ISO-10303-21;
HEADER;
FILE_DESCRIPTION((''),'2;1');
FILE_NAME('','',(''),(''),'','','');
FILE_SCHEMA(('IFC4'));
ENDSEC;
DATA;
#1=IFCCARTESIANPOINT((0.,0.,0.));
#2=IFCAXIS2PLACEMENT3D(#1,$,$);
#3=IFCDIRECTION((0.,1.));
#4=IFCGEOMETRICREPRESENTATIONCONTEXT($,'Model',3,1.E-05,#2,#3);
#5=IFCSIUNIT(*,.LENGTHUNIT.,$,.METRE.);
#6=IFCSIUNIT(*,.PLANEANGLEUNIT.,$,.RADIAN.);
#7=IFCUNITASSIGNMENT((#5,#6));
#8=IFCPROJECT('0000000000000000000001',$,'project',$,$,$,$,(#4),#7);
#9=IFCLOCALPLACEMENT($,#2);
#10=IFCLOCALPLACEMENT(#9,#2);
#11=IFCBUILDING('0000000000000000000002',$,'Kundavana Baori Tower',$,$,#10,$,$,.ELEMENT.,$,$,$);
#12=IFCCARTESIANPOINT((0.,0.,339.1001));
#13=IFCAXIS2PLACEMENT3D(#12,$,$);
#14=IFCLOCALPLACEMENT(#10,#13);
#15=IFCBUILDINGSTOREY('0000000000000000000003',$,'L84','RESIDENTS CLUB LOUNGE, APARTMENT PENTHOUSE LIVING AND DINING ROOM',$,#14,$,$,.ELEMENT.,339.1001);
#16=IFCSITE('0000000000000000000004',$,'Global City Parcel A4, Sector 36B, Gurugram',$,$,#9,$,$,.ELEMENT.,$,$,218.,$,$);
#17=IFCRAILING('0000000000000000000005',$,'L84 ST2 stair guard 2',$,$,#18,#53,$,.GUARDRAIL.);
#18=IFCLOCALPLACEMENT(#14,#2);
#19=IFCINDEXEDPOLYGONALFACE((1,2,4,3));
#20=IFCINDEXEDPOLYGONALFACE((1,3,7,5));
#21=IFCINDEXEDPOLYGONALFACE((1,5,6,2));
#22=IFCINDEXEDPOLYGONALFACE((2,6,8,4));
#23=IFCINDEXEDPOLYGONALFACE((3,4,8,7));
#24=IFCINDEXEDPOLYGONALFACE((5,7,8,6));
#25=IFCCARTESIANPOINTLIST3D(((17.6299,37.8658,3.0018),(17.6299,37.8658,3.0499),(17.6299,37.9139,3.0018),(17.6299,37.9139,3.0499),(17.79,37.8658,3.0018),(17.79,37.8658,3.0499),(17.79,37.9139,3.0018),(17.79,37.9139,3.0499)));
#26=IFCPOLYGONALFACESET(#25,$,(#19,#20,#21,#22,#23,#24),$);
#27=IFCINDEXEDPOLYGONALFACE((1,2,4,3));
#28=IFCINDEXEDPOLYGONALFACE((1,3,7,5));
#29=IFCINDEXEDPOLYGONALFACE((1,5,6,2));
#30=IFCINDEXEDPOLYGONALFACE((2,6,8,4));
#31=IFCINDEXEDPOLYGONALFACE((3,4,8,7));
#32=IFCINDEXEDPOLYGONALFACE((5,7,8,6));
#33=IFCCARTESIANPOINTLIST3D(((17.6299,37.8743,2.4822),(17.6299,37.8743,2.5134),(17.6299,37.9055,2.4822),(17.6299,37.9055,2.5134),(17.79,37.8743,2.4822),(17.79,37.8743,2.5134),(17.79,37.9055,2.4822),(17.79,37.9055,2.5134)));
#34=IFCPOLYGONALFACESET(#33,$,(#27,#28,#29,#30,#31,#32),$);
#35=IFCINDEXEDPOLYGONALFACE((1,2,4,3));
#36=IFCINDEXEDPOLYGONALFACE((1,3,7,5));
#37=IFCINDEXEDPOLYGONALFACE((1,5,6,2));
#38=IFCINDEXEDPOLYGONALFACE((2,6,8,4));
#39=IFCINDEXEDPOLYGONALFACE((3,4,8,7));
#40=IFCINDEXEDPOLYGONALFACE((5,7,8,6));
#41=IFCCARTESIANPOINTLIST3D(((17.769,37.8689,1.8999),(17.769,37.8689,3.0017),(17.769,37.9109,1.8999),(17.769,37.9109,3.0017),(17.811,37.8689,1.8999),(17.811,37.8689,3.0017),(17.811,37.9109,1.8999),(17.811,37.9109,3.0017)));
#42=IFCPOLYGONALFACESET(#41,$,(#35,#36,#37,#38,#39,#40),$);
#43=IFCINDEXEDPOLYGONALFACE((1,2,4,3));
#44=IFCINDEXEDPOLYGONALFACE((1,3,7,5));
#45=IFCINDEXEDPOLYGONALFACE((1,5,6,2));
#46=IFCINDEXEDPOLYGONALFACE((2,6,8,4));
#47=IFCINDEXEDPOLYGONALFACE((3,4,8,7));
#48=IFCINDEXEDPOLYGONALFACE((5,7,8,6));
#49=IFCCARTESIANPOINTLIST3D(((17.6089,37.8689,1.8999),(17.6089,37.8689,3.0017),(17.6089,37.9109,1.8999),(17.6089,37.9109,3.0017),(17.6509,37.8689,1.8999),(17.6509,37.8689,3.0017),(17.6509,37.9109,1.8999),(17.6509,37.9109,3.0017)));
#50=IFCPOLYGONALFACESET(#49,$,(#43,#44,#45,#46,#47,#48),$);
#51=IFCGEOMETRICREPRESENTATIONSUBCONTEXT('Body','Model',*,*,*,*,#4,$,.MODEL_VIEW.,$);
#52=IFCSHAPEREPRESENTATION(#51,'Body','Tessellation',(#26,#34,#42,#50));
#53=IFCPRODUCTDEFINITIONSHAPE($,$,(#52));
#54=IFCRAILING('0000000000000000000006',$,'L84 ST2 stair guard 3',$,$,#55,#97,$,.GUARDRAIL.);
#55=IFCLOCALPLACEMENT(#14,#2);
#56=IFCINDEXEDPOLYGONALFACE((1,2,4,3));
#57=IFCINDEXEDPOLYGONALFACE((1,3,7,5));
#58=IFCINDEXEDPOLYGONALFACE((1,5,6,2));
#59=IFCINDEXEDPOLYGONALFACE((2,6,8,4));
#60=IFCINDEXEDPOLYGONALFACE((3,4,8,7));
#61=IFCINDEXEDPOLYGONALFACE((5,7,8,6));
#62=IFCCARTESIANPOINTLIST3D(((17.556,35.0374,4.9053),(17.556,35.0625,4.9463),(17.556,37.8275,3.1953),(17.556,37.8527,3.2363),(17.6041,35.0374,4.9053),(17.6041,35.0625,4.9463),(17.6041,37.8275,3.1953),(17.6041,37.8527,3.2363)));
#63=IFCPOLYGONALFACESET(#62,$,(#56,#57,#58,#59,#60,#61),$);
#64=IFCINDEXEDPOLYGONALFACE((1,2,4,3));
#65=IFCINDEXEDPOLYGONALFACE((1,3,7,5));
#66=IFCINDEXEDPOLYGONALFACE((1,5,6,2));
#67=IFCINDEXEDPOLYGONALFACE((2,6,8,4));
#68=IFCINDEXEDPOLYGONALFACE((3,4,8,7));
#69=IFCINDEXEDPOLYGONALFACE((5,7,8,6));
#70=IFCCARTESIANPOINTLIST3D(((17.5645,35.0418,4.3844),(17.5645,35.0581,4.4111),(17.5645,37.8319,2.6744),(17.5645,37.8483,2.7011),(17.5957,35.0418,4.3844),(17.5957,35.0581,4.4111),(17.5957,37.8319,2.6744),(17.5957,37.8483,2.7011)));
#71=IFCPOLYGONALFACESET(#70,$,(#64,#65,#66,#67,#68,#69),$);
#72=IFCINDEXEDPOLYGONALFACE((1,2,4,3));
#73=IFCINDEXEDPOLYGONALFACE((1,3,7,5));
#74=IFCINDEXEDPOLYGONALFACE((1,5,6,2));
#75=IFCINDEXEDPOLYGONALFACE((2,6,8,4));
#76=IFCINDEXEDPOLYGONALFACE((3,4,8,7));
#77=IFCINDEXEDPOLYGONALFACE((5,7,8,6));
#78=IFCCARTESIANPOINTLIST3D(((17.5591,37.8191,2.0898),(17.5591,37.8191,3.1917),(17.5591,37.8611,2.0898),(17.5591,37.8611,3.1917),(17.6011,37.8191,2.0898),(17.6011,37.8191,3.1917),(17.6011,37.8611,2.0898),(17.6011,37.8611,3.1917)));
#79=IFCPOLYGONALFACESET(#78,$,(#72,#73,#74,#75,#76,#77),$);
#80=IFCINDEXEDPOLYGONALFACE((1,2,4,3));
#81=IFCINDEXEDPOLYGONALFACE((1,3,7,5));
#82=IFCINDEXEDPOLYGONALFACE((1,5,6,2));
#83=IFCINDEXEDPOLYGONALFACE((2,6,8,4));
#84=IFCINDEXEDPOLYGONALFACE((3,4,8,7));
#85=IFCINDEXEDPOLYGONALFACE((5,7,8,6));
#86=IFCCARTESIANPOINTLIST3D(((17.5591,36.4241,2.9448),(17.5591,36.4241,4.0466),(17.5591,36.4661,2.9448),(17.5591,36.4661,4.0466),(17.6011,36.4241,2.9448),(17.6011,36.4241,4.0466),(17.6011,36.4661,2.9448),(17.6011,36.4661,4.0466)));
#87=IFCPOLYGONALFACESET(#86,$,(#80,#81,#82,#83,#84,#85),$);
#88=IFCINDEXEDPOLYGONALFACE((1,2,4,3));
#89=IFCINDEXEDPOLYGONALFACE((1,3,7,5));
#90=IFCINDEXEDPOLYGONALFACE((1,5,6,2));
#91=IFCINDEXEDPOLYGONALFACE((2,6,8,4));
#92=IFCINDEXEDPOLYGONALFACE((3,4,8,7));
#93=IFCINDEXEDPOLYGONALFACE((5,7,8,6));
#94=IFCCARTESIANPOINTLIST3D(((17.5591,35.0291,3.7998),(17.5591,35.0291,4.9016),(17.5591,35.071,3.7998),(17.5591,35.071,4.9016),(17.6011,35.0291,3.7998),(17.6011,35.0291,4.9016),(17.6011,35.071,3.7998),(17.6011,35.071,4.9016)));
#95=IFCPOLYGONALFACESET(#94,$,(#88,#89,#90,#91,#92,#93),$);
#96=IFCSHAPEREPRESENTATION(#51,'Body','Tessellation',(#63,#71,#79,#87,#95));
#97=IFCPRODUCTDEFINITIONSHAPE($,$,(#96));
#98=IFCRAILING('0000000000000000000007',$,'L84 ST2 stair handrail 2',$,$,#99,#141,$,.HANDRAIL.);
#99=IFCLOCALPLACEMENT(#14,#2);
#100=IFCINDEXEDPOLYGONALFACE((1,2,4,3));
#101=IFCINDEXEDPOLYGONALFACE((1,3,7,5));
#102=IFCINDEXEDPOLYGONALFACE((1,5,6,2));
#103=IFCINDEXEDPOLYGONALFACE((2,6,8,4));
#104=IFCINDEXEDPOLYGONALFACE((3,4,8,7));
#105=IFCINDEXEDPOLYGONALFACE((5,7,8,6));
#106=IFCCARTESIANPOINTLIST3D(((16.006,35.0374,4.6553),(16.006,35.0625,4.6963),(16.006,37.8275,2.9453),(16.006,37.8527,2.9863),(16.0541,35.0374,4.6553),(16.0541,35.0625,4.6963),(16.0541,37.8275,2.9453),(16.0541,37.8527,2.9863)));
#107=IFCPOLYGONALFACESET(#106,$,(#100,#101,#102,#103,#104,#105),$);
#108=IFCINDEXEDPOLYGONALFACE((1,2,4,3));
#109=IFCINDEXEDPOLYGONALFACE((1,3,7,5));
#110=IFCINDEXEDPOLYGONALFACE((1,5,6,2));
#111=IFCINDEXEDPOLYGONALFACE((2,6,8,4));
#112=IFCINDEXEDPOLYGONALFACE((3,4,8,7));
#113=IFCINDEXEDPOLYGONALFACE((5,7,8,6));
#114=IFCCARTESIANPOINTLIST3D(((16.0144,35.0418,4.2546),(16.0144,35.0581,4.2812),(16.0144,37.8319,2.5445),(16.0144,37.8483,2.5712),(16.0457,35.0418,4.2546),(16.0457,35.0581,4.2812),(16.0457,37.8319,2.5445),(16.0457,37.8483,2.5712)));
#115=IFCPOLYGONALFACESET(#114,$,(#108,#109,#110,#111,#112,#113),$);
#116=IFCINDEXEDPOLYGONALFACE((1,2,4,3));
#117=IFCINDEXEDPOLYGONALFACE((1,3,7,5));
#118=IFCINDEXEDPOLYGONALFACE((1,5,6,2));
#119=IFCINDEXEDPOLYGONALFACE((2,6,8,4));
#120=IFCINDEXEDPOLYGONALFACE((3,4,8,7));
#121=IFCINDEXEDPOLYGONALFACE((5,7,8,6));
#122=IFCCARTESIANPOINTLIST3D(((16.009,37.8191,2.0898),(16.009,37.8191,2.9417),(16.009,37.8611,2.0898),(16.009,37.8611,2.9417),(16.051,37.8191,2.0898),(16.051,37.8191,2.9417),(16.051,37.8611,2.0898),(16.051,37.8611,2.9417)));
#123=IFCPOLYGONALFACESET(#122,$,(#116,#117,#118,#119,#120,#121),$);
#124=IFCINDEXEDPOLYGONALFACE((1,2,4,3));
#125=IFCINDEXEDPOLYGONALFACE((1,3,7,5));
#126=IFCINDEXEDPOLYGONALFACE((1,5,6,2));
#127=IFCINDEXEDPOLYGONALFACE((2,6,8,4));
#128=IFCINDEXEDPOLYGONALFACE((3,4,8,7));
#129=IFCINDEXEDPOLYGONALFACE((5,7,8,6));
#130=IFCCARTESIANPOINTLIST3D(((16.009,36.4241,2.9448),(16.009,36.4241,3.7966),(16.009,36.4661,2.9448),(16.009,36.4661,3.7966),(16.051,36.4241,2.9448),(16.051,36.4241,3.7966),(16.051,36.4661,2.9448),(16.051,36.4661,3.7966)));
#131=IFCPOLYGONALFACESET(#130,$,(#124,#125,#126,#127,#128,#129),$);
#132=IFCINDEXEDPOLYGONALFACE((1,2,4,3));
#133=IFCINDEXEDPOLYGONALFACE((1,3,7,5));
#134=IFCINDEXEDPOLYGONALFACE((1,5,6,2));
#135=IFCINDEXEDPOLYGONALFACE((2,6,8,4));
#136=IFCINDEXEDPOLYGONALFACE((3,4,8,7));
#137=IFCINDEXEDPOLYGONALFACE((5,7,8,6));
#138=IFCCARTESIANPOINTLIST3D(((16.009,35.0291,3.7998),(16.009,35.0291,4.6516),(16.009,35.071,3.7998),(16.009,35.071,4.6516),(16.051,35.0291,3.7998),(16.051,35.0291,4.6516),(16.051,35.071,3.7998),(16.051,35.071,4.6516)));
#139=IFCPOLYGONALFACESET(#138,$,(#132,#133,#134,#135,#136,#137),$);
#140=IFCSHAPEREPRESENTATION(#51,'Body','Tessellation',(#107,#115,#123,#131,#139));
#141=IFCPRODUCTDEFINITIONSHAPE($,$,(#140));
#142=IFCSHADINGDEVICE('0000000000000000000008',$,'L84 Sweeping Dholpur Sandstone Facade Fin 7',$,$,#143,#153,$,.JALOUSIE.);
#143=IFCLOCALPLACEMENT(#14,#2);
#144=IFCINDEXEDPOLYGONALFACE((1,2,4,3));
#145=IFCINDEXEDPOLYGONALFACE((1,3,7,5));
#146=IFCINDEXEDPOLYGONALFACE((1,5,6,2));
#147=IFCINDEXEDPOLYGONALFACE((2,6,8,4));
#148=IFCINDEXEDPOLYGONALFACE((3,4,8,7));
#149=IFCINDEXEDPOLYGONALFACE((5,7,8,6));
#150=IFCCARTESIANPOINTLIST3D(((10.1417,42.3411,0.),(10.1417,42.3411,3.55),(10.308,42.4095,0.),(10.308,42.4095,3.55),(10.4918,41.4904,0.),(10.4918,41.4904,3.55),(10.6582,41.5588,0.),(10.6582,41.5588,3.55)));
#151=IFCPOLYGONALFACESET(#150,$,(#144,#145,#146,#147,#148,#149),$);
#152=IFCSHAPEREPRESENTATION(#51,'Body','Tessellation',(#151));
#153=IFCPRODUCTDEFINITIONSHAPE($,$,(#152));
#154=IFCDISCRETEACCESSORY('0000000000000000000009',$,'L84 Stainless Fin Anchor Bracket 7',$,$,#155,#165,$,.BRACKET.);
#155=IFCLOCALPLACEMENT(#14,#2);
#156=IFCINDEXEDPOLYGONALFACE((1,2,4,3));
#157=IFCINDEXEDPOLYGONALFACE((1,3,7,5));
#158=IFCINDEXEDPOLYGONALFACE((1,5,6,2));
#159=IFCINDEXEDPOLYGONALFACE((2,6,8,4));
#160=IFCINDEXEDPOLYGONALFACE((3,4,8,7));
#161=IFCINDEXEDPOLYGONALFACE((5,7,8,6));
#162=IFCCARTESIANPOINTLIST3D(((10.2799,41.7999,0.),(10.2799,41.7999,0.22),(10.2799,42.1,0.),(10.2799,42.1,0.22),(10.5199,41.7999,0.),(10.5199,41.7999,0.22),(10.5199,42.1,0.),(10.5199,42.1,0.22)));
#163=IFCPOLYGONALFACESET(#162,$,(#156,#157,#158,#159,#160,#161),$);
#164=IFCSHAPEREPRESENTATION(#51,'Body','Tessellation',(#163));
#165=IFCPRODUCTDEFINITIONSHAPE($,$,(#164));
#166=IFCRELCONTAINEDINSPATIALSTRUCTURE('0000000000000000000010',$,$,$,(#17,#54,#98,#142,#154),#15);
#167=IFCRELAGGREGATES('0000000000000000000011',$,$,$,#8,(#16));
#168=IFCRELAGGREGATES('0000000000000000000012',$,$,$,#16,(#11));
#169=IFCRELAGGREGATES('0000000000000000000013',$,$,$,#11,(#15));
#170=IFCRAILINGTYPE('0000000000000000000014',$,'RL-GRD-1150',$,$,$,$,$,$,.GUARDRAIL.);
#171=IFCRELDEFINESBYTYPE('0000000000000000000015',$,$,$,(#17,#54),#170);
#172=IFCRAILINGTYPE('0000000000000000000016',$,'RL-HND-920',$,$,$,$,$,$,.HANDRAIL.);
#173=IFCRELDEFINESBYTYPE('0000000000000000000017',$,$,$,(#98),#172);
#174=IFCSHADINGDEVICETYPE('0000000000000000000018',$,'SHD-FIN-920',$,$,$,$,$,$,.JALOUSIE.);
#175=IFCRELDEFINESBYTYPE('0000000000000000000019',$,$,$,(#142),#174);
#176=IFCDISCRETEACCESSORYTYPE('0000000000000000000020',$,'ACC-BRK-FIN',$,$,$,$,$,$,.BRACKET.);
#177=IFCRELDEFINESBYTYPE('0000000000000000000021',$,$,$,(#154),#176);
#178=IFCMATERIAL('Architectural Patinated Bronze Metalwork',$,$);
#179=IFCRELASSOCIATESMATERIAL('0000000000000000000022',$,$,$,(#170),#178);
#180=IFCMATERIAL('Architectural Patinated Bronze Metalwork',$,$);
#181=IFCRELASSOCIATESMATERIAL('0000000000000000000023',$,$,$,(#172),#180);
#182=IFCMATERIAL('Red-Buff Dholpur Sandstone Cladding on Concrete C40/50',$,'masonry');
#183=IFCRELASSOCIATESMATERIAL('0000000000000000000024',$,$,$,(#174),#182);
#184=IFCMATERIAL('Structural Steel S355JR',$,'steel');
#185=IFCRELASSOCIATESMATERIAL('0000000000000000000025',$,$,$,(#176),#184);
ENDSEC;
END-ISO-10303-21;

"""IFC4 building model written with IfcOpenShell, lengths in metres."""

from ifc_helpers import new_model, si_unit, direction, frame, origin, origin_2d, place, context, subcontext, project, spatial, rectangle, extrude, material, type_object, element, save


model = new_model("IFC4")

# Units and contexts
model_context = context("Model", 3, precision=1e-05, world=origin(), true_north=direction((0.0, 1.0)))
body_context = subcontext(model_context, "Body", "Model", "MODEL_VIEW")
ifc_project = project(units=[si_unit("LENGTHUNIT", "METRE"), si_unit("PLANEANGLEUNIT", "RADIAN")], contexts=[model_context])

# Site, building, storey
site_placement = place(None, origin())
site = spatial("IfcSite", under=ifc_project, at=site_placement, Name="Global City Parcel A4, Sector 36B, Gurugram", CompositionType="ELEMENT", RefElevation=218.0)
building_placement = place(site_placement, origin())
building = spatial("IfcBuilding", under=site, at=building_placement, Name="Kundavana Baori Tower", CompositionType="ELEMENT")
storey_placement = place(building_placement, frame((0.0, 0.0, 339.1001)))
storey = spatial("IfcBuildingStorey", under=building, at=storey_placement, Name="L84", Description="RESIDENTS CLUB LOUNGE, APARTMENT PENTHOUSE LIVING AND DINING ROOM", CompositionType="ELEMENT", Elevation=339.1001)

# Railings
ifc_material_1 = material(Name="Architectural Patinated Bronze Metalwork")
railing_type_1 = type_object("IfcRailingType", Name="RL-GRD-1150", PredefinedType="GUARDRAIL", material=ifc_material_1)
railing_1_placement = place(storey_placement, frame((17.79, 37.8899, 1.8999)))
element("IfcRailing", 1, at=railing_1_placement, inside=storey, type_object=railing_type_1, Name="L84 ST2 stair guard 2", PredefinedType="GUARDRAIL", context=body_context, shape_type="SweptSolid", body=[
    extrude(rectangle(XDim=0.0481, YDim=0.0481, at=origin_2d()), frame((0.0, 0.0, 1.126), z_axis=(-1.0, 0.0, 0.0), x_axis=(0.0, -1.0, 0.0)), (0.0, 0.0, 1.0), 0.1602),
    extrude(rectangle(XDim=0.0312, YDim=0.0312, at=origin_2d()), frame((0.0, 0.0, 0.5979), z_axis=(-1.0, 0.0, 0.0), x_axis=(0.0, -1.0, 0.0)), (0.0, 0.0, 1.0), 0.1602),
    extrude(rectangle(XDim=0.042, YDim=0.042, at=origin_2d()), origin(), (0.0, 0.0, 1.0), 1.1018),
    extrude(rectangle(XDim=0.042, YDim=0.042, at=origin_2d()), frame((-0.1602, 0.0, 0.0)), (0.0, 0.0, 1.0), 1.1018),
])
railing_2_placement = place(storey_placement, frame((17.5801, 37.8401, 2.0898)))
element("IfcRailing", 2, at=railing_2_placement, inside=storey, type_object=railing_type_1, Name="L84 ST2 stair guard 3", PredefinedType="GUARDRAIL", context=body_context, shape_type="SweptSolid", body=[
    extrude(rectangle(XDim=0.0481, YDim=0.0481, at=origin_2d()), frame((0.0, 0.0, 1.126), z_axis=(0.0, -0.85261, 0.522548), x_axis=(1.0, 0.0, 0.0)), (0.0, 0.0, 1.0), 3.2725),
    extrude(rectangle(XDim=0.0312, YDim=0.0312, at=origin_2d()), frame((0.0, 0.0, 0.5979), z_axis=(0.0, -0.85261, 0.522548), x_axis=(1.0, 0.0, 0.0)), (0.0, 0.0, 1.0), 3.2725),
    extrude(rectangle(XDim=0.042, YDim=0.042, at=origin_2d()), origin(), (0.0, 0.0, 1.0), 1.1018),
    extrude(rectangle(XDim=0.042, YDim=0.042, at=origin_2d()), frame((0.0, -1.395, 0.855)), (0.0, 0.0, 1.0), 1.1018),
    extrude(rectangle(XDim=0.042, YDim=0.042, at=origin_2d()), frame((0.0, -2.79, 1.71)), (0.0, 0.0, 1.0), 1.1018),
])
ifc_material_2 = material(Name="Architectural Patinated Bronze Metalwork")
railing_type_2 = type_object("IfcRailingType", Name="RL-HND-920", PredefinedType="HANDRAIL", material=ifc_material_2)
railing_3_placement = place(storey_placement, frame((16.03, 37.8401, 2.0898)))
element("IfcRailing", 3, at=railing_3_placement, inside=storey, type_object=railing_type_2, Name="L84 ST2 stair handrail 2", PredefinedType="HANDRAIL", context=body_context, shape_type="SweptSolid", body=[
    extrude(rectangle(XDim=0.0481, YDim=0.0481, at=origin_2d()), frame((0.0, 0.0, 0.876), z_axis=(0.0, -0.85261, 0.522548), x_axis=(1.0, 0.0, 0.0)), (0.0, 0.0, 1.0), 3.2725),
    extrude(rectangle(XDim=0.0312, YDim=0.0312, at=origin_2d()), frame((0.0, 0.0, 0.468), z_axis=(0.0, -0.85261, 0.522548), x_axis=(1.0, 0.0, 0.0)), (0.0, 0.0, 1.0), 3.2725),
    extrude(rectangle(XDim=0.042, YDim=0.042, at=origin_2d()), origin(), (0.0, 0.0, 1.0), 0.8518),
    extrude(rectangle(XDim=0.042, YDim=0.042, at=origin_2d()), frame((0.0, -1.395, 0.855)), (0.0, 0.0, 1.0), 0.8518),
    extrude(rectangle(XDim=0.042, YDim=0.042, at=origin_2d()), frame((0.0, -2.79, 1.71)), (0.0, 0.0, 1.0), 0.8518),
])

# Shading device
ifc_material_3 = material(Name="Red-Buff Dholpur Sandstone Cladding on Concrete C40/50", Category="masonry")
shading_device_type = type_object("IfcShadingDeviceType", Name="SHD-FIN-920", PredefinedType="JALOUSIE", material=ifc_material_3)
shading_device_placement = place(storey_placement, frame((10.3999, 41.95, 0.0), z_axis=(0.0, 0.0, 1.0), x_axis=(0.924745, 0.380586, 0.0)))
element("IfcShadingDevice", 4, at=shading_device_placement, inside=storey, type_object=shading_device_type, Name="L84 Sweeping Dholpur Sandstone Facade Fin 7", PredefinedType="JALOUSIE", context=body_context, shape_type="SweptSolid", body=[
    extrude(rectangle(XDim=0.1799, YDim=0.9199, at=origin_2d()), origin(), (0.0, 0.0, 1.0), 3.55),
])

# Discrete accessory
ifc_material_4 = material(Name="Structural Steel S355JR", Category="steel")
discrete_accessory_type = type_object("IfcDiscreteAccessoryType", Name="ACC-BRK-FIN", PredefinedType="BRACKET", material=ifc_material_4)
discrete_accessory_placement = place(storey_placement, frame((10.3999, 41.95, 0.0), z_axis=(0.0, 0.0, 1.0), x_axis=(1.0, 0.0, 0.0)))
element("IfcDiscreteAccessory", 5, at=discrete_accessory_placement, inside=storey, type_object=discrete_accessory_type, Name="L84 Stainless Fin Anchor Bracket 7", PredefinedType="BRACKET", context=body_context, shape_type="SweptSolid", body=[
    extrude(rectangle(XDim=0.24, YDim=0.3, at=origin_2d()), origin(), (0.0, 0.0, 1.0), 0.22),
])

save(model, "model.ifc")
